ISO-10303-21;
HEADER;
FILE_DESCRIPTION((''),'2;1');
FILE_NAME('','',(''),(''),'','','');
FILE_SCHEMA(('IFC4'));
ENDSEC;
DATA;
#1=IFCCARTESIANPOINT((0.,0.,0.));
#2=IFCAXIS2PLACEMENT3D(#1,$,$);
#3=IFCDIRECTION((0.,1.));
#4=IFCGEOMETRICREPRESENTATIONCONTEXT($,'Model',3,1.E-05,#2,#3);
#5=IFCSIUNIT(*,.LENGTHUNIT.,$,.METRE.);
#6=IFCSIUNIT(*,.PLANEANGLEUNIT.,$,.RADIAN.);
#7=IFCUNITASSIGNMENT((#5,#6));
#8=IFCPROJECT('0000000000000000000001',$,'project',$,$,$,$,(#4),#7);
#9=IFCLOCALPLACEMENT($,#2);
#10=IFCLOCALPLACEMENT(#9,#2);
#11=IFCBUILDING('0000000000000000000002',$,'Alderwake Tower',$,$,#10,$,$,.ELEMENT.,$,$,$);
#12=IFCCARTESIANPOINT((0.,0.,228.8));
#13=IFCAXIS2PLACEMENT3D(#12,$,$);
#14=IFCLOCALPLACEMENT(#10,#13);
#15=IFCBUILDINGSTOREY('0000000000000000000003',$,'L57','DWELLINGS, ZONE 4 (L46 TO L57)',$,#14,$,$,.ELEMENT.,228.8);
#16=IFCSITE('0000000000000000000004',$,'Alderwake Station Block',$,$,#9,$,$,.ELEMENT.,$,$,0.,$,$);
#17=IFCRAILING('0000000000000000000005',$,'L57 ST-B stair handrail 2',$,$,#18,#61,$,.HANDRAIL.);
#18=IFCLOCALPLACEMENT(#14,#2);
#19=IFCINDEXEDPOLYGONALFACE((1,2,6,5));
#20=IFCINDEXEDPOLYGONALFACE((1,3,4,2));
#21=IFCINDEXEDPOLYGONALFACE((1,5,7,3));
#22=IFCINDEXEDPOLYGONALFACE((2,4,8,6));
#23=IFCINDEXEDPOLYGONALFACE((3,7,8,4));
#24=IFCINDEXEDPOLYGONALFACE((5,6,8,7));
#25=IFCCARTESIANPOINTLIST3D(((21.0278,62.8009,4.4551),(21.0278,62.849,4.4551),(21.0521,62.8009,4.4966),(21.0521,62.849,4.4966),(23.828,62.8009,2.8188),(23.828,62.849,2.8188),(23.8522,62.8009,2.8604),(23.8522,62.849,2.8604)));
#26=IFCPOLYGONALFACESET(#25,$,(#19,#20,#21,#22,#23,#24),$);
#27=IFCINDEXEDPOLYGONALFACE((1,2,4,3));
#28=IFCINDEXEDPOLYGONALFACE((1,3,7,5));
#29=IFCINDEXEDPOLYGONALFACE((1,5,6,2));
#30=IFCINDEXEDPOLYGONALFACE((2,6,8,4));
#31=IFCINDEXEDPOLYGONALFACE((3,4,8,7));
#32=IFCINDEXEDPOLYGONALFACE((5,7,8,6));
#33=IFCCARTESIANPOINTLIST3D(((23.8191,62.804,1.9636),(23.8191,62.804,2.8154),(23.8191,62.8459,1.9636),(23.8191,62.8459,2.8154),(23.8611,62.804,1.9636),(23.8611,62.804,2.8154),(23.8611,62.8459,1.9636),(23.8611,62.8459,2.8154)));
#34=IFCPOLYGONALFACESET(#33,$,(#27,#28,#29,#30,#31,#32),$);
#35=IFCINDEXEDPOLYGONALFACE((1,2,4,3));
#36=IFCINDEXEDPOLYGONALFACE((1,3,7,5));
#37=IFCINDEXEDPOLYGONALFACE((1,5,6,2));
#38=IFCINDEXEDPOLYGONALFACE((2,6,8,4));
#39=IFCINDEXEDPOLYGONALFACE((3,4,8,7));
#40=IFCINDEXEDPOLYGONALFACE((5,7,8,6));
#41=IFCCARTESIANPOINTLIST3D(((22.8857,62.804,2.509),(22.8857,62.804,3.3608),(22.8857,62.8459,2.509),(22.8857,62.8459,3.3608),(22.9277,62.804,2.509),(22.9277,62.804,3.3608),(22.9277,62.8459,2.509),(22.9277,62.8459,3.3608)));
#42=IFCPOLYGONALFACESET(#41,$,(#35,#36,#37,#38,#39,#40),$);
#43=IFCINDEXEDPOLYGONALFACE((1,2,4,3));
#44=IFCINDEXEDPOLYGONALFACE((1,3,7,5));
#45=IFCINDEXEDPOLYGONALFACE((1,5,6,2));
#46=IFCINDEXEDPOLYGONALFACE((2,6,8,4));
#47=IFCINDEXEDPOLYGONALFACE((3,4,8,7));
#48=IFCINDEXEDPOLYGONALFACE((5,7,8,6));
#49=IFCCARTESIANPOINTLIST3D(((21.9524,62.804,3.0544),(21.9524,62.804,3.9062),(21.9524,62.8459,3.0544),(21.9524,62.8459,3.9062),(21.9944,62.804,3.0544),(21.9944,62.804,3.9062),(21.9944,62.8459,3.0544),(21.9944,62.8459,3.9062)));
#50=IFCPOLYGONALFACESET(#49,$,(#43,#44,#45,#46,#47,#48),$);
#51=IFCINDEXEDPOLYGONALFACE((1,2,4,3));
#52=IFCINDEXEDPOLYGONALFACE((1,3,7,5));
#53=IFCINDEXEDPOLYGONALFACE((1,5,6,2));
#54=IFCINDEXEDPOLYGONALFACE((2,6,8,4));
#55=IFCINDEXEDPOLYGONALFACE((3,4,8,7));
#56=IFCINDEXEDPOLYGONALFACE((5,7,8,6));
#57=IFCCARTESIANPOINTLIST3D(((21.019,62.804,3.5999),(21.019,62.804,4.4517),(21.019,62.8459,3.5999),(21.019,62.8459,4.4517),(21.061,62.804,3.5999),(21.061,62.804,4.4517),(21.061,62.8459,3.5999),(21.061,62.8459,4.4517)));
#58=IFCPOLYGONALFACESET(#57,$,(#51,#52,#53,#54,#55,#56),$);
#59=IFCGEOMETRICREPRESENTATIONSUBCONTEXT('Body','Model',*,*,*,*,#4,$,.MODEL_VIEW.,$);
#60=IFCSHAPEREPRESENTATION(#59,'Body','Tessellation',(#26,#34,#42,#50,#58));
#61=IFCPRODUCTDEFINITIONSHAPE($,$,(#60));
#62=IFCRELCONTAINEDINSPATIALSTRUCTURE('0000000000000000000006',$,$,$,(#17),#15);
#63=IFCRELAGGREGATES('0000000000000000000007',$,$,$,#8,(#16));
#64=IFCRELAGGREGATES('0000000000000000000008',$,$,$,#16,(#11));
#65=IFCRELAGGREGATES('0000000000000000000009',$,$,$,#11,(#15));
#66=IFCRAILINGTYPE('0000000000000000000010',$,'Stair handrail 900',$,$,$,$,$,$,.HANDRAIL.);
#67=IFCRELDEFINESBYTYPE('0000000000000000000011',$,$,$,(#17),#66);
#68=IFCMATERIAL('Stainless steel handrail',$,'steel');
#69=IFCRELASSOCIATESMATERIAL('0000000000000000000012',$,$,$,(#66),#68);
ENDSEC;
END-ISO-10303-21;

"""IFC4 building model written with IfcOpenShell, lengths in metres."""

from ifc_helpers import new_model, si_unit, direction, frame, origin, origin_2d, place, context, subcontext, project, spatial, rectangle, extrude, material, type_object, element, save


model = new_model("IFC4")

# Units and contexts
model_context = context("Model", 3, precision=1e-05, world=origin(), true_north=direction((0.0, 1.0)))
body_context = subcontext(model_context, "Body", "Model", "MODEL_VIEW")
ifc_project = project(units=[si_unit("LENGTHUNIT", "METRE"), si_unit("PLANEANGLEUNIT", "RADIAN")], contexts=[model_context])

# Site, building, storey
site_placement = place(None, origin())
site = spatial("IfcSite", under=ifc_project, at=site_placement, Name="Alderwake Station Block", CompositionType="ELEMENT", RefElevation=0.0)
building_placement = place(site_placement, origin())
building = spatial("IfcBuilding", under=site, at=building_placement, Name="Alderwake Tower", CompositionType="ELEMENT")
storey_placement = place(building_placement, frame((0.0, 0.0, 228.8)))
storey = spatial("IfcBuildingStorey", under=building, at=storey_placement, Name="L57", Description="DWELLINGS, ZONE 4 (L46 TO L57)", CompositionType="ELEMENT", Elevation=228.8)

# Railing
ifc_material_1 = material(Name="Stainless steel handrail", Category="steel")
railing_type_1 = type_object("IfcRailingType", Name="Stair handrail 900", PredefinedType="HANDRAIL", material=ifc_material_1)
railing_1_placement = place(storey_placement, frame((23.8401, 62.825, 1.9636)))
element("IfcRailing", 1, at=railing_1_placement, inside=storey, type_object=railing_type_1, Name="L57 ST-B stair handrail 2", PredefinedType="HANDRAIL", context=body_context, shape_type="SweptSolid", body=[
    extrude(rectangle(XDim=0.0481, YDim=0.0481, at=origin_2d()), frame((0.0, 0.0, 0.876), z_axis=(-0.863394, 0.0, 0.504531), x_axis=(0.0, -1.0, 0.0)), (0.0, 0.0, 1.0), 3.2432),
    extrude(rectangle(XDim=0.042, YDim=0.042, at=origin_2d()), frame((0.0, 0.0, 0.0), z_axis=(0.0, 0.0, 1.0), x_axis=(-1.0, 0.0, 0.0)), (0.0, 0.0, 1.0), 0.8518),
    extrude(rectangle(XDim=0.042, YDim=0.042, at=origin_2d()), frame((-0.9333, 0.0, 0.5454), z_axis=(0.0, 0.0, 1.0), x_axis=(-1.0, 0.0, 0.0)), (0.0, 0.0, 1.0), 0.8518),
    extrude(rectangle(XDim=0.042, YDim=0.042, at=origin_2d()), frame((-1.8667, 0.0, 1.0908), z_axis=(0.0, 0.0, 1.0), x_axis=(-1.0, 0.0, 0.0)), (0.0, 0.0, 1.0), 0.8518),
    extrude(rectangle(XDim=0.042, YDim=0.042, at=origin_2d()), frame((-2.8, 0.0, 1.6362), z_axis=(0.0, 0.0, 1.0), x_axis=(-1.0, 0.0, 0.0)), (0.0, 0.0, 1.0), 0.8518),
])

save(model, "model.ifc")
